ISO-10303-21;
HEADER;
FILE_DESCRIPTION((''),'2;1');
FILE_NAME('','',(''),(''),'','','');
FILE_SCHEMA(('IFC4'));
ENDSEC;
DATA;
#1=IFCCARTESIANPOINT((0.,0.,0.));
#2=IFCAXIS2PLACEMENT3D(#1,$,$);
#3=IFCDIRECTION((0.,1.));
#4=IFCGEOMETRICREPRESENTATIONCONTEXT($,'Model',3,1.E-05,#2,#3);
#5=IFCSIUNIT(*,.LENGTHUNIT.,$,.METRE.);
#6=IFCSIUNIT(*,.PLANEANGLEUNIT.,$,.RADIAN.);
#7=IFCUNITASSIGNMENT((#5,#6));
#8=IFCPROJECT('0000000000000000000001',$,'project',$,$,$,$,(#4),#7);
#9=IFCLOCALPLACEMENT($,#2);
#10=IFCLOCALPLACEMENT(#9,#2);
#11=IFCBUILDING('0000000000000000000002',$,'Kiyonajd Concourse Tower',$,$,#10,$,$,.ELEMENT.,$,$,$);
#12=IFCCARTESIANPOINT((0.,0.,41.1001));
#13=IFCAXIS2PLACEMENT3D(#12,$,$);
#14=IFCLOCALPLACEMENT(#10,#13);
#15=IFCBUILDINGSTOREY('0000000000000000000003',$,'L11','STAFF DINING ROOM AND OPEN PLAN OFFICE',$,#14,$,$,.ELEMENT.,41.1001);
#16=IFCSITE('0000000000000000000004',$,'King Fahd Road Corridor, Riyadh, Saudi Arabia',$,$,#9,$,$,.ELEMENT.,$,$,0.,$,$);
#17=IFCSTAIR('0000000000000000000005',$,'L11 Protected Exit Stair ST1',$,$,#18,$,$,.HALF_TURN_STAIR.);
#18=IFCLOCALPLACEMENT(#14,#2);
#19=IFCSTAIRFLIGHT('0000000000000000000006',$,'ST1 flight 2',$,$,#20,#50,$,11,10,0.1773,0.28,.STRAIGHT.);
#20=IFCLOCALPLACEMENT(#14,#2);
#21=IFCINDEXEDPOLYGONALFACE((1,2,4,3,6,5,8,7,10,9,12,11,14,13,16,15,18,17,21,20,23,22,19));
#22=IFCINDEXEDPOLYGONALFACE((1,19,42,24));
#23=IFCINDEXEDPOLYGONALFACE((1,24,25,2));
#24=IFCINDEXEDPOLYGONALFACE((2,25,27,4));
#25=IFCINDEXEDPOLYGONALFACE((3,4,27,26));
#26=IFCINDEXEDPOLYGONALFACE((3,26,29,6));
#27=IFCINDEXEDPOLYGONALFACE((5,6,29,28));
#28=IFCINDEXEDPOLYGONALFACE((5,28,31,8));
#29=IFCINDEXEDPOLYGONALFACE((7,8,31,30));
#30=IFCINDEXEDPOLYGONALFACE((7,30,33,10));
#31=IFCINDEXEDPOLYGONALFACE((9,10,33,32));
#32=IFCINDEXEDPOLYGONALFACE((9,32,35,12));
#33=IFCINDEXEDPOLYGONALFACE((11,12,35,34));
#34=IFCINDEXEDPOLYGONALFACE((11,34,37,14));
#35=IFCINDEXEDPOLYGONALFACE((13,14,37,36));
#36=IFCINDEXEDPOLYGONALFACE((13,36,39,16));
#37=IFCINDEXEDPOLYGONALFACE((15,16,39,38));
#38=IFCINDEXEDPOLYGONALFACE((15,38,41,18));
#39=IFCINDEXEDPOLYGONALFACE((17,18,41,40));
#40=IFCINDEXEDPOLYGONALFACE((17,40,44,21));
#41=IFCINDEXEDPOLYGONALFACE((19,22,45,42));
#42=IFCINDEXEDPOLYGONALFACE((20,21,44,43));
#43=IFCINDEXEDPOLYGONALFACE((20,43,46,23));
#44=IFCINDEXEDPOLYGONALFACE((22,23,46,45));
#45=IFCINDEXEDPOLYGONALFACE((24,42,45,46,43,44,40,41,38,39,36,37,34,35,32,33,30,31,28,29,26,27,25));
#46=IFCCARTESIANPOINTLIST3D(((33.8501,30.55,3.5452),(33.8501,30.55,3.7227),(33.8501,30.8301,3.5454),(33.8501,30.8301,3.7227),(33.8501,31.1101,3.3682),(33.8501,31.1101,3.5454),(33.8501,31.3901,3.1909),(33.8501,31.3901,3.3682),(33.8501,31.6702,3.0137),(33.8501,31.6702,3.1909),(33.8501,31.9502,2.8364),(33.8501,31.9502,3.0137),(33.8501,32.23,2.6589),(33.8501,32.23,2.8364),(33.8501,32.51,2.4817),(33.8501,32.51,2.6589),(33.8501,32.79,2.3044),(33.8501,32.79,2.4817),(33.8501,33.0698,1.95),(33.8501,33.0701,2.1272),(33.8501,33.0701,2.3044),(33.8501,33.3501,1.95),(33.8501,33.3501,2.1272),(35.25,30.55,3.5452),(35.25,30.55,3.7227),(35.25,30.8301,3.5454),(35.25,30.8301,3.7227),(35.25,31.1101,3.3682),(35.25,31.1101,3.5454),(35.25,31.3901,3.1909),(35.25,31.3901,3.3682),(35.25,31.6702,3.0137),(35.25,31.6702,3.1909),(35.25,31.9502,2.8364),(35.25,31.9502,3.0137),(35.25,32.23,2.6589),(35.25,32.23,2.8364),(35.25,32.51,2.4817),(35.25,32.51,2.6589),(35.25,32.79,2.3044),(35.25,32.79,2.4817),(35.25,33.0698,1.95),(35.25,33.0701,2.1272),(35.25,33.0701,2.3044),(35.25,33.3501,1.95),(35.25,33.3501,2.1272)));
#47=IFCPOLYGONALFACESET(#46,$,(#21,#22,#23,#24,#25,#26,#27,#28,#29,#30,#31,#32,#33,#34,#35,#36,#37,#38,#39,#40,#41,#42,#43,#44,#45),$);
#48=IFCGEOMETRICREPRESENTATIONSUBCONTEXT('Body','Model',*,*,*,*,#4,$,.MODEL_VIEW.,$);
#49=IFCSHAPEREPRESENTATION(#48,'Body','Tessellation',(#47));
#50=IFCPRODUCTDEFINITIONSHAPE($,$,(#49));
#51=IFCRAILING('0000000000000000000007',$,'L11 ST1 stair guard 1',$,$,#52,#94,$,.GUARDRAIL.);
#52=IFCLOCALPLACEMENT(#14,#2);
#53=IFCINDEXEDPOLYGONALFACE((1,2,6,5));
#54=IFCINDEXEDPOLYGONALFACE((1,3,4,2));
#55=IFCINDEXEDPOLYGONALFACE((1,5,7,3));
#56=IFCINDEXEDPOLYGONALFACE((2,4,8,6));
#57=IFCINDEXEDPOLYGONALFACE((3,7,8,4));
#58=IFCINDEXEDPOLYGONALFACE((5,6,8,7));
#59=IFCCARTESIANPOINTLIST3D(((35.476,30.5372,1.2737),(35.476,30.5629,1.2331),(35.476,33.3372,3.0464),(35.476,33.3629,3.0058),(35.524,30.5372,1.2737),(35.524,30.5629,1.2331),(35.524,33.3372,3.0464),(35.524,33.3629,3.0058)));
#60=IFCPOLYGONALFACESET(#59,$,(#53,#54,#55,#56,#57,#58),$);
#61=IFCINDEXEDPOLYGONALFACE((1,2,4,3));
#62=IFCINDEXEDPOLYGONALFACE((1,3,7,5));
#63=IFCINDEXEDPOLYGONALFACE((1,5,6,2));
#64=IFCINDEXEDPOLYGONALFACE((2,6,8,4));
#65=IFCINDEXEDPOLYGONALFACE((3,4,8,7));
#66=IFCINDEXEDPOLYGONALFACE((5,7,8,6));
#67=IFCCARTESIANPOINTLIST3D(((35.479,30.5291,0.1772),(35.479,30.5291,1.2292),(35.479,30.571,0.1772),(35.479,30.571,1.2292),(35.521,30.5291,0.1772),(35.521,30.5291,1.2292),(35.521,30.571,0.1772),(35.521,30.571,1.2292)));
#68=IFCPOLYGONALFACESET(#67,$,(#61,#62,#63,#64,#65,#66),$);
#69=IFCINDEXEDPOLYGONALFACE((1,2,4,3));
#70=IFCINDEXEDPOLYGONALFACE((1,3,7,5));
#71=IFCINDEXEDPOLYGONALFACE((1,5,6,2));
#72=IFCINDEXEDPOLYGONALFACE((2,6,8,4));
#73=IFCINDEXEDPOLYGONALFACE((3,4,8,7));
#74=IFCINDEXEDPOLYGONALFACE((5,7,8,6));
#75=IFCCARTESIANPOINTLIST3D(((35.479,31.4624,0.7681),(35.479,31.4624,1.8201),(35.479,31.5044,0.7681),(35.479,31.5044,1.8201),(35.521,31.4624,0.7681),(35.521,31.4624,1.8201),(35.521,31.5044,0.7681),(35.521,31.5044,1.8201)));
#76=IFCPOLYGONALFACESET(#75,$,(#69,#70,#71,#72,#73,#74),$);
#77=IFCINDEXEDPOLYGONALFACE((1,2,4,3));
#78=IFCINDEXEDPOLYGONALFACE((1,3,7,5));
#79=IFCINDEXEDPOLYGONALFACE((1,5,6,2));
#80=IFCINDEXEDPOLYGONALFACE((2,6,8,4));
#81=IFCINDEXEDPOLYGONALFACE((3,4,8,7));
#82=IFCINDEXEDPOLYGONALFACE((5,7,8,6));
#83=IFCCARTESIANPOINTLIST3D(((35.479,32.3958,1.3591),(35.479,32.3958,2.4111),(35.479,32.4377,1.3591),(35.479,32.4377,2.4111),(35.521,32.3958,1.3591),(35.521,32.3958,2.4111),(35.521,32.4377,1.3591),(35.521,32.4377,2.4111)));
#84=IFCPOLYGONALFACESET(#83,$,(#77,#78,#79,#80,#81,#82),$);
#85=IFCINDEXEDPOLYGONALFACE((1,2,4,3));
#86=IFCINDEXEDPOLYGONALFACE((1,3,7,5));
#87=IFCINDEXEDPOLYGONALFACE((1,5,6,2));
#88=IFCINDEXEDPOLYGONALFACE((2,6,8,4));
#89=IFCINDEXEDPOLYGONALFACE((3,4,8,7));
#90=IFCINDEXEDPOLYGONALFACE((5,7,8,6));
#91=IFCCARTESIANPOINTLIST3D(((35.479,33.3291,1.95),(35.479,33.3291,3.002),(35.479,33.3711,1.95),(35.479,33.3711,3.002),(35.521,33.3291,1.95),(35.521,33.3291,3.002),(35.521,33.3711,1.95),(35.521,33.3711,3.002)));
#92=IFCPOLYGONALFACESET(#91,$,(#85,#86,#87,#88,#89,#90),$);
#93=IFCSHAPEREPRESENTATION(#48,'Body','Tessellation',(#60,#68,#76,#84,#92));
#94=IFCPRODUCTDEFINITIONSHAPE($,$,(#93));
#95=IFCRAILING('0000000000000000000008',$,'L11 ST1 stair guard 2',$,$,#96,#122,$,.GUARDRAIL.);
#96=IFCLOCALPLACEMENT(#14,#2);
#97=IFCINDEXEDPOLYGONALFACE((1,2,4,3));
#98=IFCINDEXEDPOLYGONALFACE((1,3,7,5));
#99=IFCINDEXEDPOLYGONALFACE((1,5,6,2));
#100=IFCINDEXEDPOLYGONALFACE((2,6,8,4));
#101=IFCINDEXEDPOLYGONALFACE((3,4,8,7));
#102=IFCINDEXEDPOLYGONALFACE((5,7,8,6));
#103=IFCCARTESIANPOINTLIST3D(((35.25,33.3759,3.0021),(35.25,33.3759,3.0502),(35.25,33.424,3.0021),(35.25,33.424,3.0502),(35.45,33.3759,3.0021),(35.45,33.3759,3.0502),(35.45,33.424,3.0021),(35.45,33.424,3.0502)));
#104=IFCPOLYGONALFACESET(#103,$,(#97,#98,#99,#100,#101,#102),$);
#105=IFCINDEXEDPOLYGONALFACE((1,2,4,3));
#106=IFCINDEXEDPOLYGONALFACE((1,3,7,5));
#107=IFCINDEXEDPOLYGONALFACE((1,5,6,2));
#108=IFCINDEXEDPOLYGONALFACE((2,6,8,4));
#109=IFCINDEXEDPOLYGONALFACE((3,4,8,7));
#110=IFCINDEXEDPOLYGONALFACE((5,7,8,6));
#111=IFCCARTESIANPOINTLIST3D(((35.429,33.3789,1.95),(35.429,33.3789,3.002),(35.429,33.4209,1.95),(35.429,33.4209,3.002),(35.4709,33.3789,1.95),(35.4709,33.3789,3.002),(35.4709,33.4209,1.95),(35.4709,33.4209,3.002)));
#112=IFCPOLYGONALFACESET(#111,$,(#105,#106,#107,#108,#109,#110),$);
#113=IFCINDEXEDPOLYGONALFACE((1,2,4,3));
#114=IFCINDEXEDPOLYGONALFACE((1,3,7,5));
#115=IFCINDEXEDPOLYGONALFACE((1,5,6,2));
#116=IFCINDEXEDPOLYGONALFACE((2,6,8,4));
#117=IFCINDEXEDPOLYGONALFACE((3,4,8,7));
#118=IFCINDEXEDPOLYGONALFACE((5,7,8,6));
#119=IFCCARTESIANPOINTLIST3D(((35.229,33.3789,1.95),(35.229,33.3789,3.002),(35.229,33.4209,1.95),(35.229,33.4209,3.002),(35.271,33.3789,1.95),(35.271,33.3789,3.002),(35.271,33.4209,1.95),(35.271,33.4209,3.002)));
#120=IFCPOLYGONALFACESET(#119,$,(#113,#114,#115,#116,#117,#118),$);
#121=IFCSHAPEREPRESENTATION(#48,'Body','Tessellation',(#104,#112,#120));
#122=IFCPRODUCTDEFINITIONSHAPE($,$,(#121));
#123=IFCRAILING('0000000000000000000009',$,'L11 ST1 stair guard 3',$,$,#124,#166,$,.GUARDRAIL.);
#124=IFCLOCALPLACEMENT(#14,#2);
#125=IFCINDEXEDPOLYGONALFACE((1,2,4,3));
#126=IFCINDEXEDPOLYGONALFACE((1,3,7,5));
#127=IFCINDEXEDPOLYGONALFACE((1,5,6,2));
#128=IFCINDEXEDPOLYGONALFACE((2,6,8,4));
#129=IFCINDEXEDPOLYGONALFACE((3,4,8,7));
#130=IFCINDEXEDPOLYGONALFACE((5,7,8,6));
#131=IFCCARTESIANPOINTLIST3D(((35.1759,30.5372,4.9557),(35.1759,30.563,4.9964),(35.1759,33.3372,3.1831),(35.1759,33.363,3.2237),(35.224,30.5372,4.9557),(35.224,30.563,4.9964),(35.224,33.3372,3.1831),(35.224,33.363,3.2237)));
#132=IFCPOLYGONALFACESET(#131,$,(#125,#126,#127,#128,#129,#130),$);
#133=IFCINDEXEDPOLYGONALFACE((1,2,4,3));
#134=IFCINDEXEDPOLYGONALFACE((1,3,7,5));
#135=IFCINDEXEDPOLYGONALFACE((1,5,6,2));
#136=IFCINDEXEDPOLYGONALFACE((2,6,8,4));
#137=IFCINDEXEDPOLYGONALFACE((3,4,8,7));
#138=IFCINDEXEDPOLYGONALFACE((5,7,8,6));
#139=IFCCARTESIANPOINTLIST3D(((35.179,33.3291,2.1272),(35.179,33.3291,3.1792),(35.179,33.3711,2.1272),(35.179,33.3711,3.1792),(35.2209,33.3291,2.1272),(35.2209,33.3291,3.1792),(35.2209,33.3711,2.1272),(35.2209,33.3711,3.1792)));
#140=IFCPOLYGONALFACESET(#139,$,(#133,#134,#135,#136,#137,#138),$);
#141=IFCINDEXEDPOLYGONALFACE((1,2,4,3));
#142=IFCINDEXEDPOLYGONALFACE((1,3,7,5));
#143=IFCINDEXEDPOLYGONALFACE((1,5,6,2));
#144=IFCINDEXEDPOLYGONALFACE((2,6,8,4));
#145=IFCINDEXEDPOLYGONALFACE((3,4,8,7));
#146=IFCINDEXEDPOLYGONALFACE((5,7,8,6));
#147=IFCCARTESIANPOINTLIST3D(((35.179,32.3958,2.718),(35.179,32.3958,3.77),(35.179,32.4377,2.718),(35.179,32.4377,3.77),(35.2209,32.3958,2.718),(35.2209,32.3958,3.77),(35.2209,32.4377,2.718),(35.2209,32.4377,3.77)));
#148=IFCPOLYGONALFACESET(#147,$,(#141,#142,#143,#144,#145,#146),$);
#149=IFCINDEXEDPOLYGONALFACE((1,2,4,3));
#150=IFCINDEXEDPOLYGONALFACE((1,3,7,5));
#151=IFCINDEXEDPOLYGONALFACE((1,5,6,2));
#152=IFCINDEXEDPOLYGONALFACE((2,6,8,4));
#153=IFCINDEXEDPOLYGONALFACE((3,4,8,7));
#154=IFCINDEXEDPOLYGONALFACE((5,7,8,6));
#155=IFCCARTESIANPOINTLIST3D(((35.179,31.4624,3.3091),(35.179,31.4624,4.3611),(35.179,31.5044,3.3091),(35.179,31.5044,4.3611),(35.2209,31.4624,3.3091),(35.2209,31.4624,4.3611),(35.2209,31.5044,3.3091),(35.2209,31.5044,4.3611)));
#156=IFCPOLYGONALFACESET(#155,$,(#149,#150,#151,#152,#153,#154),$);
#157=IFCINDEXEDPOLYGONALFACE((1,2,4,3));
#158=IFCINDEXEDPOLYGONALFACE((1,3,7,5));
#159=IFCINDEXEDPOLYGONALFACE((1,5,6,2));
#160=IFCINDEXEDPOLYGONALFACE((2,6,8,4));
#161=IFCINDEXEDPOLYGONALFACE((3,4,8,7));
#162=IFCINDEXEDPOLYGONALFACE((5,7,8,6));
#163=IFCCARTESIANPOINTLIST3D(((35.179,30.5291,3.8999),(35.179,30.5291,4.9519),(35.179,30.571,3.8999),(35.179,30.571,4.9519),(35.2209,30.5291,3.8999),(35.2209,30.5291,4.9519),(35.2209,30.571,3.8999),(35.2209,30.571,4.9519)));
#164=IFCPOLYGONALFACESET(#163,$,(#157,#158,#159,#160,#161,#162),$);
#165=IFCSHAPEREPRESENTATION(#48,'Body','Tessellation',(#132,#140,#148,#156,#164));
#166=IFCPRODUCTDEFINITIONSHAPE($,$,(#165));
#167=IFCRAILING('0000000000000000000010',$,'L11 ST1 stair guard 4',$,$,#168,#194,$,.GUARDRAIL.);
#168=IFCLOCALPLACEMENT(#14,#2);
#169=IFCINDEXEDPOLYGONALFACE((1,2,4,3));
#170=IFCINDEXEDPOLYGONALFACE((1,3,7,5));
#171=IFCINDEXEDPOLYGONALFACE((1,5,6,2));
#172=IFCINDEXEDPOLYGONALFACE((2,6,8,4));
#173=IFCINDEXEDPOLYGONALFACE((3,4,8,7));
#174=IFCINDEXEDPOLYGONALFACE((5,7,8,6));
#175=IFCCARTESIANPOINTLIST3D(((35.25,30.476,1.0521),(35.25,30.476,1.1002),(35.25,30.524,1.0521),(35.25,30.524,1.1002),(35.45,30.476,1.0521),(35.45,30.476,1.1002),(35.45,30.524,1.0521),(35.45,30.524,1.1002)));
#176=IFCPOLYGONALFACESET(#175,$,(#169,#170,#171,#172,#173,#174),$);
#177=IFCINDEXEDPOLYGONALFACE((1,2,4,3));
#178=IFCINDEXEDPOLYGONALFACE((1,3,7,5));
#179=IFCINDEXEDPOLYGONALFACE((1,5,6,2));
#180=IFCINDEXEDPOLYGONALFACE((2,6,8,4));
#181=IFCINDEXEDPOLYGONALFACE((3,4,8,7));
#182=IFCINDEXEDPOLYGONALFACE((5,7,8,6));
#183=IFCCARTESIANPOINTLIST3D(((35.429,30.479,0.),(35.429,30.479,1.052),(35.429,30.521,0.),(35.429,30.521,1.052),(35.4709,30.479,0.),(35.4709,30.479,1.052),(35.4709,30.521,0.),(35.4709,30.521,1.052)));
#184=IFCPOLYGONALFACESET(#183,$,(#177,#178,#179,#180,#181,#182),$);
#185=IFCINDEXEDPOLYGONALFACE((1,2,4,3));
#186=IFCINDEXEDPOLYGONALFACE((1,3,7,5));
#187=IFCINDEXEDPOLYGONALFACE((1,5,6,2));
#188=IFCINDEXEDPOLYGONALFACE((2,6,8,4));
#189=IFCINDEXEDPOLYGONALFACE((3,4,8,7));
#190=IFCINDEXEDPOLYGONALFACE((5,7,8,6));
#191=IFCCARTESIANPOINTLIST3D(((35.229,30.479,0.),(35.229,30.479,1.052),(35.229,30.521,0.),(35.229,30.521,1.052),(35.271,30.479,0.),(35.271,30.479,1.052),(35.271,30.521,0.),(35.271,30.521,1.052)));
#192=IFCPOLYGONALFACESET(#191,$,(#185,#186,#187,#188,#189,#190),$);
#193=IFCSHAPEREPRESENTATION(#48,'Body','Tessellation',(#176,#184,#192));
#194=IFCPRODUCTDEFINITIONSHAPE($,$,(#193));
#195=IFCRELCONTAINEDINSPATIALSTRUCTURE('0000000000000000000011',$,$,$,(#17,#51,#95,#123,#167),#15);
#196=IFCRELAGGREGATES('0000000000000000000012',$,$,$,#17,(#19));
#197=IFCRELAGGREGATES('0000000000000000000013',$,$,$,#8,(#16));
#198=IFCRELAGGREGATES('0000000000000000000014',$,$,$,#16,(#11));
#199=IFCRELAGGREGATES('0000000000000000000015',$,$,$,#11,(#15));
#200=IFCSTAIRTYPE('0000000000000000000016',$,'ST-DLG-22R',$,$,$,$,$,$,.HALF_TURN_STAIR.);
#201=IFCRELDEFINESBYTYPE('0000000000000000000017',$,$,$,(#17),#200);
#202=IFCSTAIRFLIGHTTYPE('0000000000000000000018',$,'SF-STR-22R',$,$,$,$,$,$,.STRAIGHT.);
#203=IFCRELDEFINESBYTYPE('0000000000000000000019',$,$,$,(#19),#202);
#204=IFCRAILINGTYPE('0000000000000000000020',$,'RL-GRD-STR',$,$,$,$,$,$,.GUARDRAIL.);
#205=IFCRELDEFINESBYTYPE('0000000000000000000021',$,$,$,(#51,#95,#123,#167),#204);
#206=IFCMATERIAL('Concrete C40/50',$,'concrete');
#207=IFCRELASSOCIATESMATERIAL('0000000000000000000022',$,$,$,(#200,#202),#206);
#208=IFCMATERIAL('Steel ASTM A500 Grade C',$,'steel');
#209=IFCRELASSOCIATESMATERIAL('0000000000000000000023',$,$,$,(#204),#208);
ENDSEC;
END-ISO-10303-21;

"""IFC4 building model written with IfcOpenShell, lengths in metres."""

from ifc_helpers import new_model, si_unit, direction, frame, origin, origin_2d, place, context, subcontext, project, spatial, polyline, rectangle, outline, extrude, material, type_object, element, aggregate, save


model = new_model("IFC4")

# Units and contexts
model_context = context("Model", 3, precision=1e-05, world=origin(), true_north=direction((0.0, 1.0)))
body_context = subcontext(model_context, "Body", "Model", "MODEL_VIEW")
ifc_project = project(units=[si_unit("LENGTHUNIT", "METRE"), si_unit("PLANEANGLEUNIT", "RADIAN")], contexts=[model_context])

# Site, building, storey
site_placement = place(None, origin())
site = spatial("IfcSite", under=ifc_project, at=site_placement, Name="King Fahd Road Corridor, Riyadh, Saudi Arabia", CompositionType="ELEMENT", RefElevation=0.0)
building_placement = place(site_placement, origin())
building = spatial("IfcBuilding", under=site, at=building_placement, Name="Kiyonajd Concourse Tower", CompositionType="ELEMENT")
storey_placement = place(building_placement, frame((0.0, 0.0, 41.1001)))
storey = spatial("IfcBuildingStorey", under=building, at=storey_placement, Name="L11", Description="STAFF DINING ROOM AND OPEN PLAN OFFICE", CompositionType="ELEMENT", Elevation=41.1001)

# Stair, stair flight
ifc_material_1 = material(Name="Concrete C40/50", Category="concrete")
stair_type = type_object("IfcStairType", Name="ST-DLG-22R", PredefinedType="HALF_TURN_STAIR", material=ifc_material_1)
stair_placement = place(storey_placement, origin())
stair = element("IfcStair", 1, at=stair_placement, inside=storey, type_object=stair_type, Name="L11 Protected Exit Stair ST1", PredefinedType="HALF_TURN_STAIR")
stair_flight_type = type_object("IfcStairFlightType", Name="SF-STR-22R", PredefinedType="STRAIGHT", material=ifc_material_1)
stair_flight_1_placement = place(storey_placement, frame((34.55, 33.3501, 1.95), z_axis=(0.0, 0.0, 1.0), x_axis=(0.0, -1.0, 0.0)))
stair_flight_1 = element("IfcStairFlight", 2, at=stair_flight_1_placement, type_object=stair_flight_type, Name="ST1 flight 2", NumberOfRisers=11, NumberOfTreads=10, PredefinedType="STRAIGHT", RiserHeight=0.1773, TreadLength=0.28, context=body_context, shape_type="SweptSolid", body=[
    extrude(outline(polyline([(0.0, 0.0), (0.0, 0.1772), (0.28, 0.1772), (0.28, 0.3545), (0.5601, 0.3545), (0.5601, 0.5317), (0.8401, 0.5317), (0.8401, 0.709), (1.1201, 0.709), (1.1201, 0.8865), (1.3999, 0.8865), (1.3999, 1.0637), (1.6799, 1.0637), (1.6799, 1.241), (1.96, 1.241), (1.96, 1.4182), (2.24, 1.4182), (2.24, 1.5955), (2.52, 1.5955), (2.52, 1.7727), (2.8, 1.7727), (2.8, 1.95), (2.8, 1.5952), (0.2803, 0.0), (0.0, 0.0)])), frame((0.0, 0.7, 0.0), z_axis=(0.0, -1.0, 0.0), x_axis=(1.0, 0.0, 0.0)), (0.0, 0.0, 1.0), 1.3999),
])
aggregate(stair, [stair_flight_1])

# Railings
ifc_material_2 = material(Name="Steel ASTM A500 Grade C", Category="steel")
railing_type_1 = type_object("IfcRailingType", Name="RL-GRD-STR", PredefinedType="GUARDRAIL", material=ifc_material_2)
railing_1_placement = place(storey_placement, frame((35.5, 30.55, 0.1772)))
element("IfcRailing", 3, at=railing_1_placement, inside=storey, type_object=railing_type_1, Name="L11 ST1 stair guard 1", PredefinedType="GUARDRAIL", context=body_context, shape_type="SweptSolid", body=[
    extrude(rectangle(XDim=0.0481, YDim=0.0481, at=origin_2d()), frame((0.0, 0.0, 1.0762), z_axis=(0.0, 0.844909, 0.53491), x_axis=(-1.0, 0.0, 0.0)), (0.0, 0.0, 1.0), 3.314),
    extrude(rectangle(XDim=0.042, YDim=0.042, at=origin_2d()), origin(), (0.0, 0.0, 1.0), 1.052),
    extrude(rectangle(XDim=0.042, YDim=0.042, at=origin_2d()), frame((0.0, 0.9333, 0.5908)), (0.0, 0.0, 1.0), 1.052),
    extrude(rectangle(XDim=0.042, YDim=0.042, at=origin_2d()), frame((0.0, 1.8667, 1.1819)), (0.0, 0.0, 1.0), 1.052),
    extrude(rectangle(XDim=0.042, YDim=0.042, at=origin_2d()), frame((0.0, 2.8, 1.7727)), (0.0, 0.0, 1.0), 1.052),
])
railing_2_placement = place(storey_placement, frame((35.45, 33.3999, 1.95)))
element("IfcRailing", 4, at=railing_2_placement, inside=storey, type_object=railing_type_1, Name="L11 ST1 stair guard 2", PredefinedType="GUARDRAIL", context=body_context, shape_type="SweptSolid", body=[
    extrude(rectangle(XDim=0.0481, YDim=0.0481, at=origin_2d()), frame((0.0, 0.0, 1.0762), z_axis=(-1.0, 0.0, 0.0), x_axis=(0.0, -1.0, 0.0)), (0.0, 0.0, 1.0), 0.2),
    extrude(rectangle(XDim=0.042, YDim=0.042, at=origin_2d()), origin(), (0.0, 0.0, 1.0), 1.052),
    extrude(rectangle(XDim=0.042, YDim=0.042, at=origin_2d()), frame((-0.2, 0.0, 0.0)), (0.0, 0.0, 1.0), 1.052),
])
railing_3_placement = place(storey_placement, frame((35.2, 33.3501, 2.1272)))
element("IfcRailing", 5, at=railing_3_placement, inside=storey, type_object=railing_type_1, Name="L11 ST1 stair guard 3", PredefinedType="GUARDRAIL", context=body_context, shape_type="SweptSolid", body=[
    extrude(rectangle(XDim=0.0481, YDim=0.0481, at=origin_2d()), frame((0.0, 0.0, 1.0762), z_axis=(0.0, -0.844909, 0.53491), x_axis=(1.0, 0.0, 0.0)), (0.0, 0.0, 1.0), 3.314),
    extrude(rectangle(XDim=0.042, YDim=0.042, at=origin_2d()), origin(), (0.0, 0.0, 1.0), 1.052),
    extrude(rectangle(XDim=0.042, YDim=0.042, at=origin_2d()), frame((0.0, -0.9333, 0.5908)), (0.0, 0.0, 1.0), 1.052),
    extrude(rectangle(XDim=0.042, YDim=0.042, at=origin_2d()), frame((0.0, -1.8667, 1.1819)), (0.0, 0.0, 1.0), 1.052),
    extrude(rectangle(XDim=0.042, YDim=0.042, at=origin_2d()), frame((0.0, -2.8, 1.7727)), (0.0, 0.0, 1.0), 1.052),
])
railing_4_placement = place(storey_placement, frame((35.45, 30.5, 0.0)))
element("IfcRailing", 6, at=railing_4_placement, inside=storey, type_object=railing_type_1, Name="L11 ST1 stair guard 4", PredefinedType="GUARDRAIL", context=body_context, shape_type="SweptSolid", body=[
    extrude(rectangle(XDim=0.0481, YDim=0.0481, at=origin_2d()), frame((0.0, 0.0, 1.0762), z_axis=(-1.0, 0.0, 0.0), x_axis=(0.0, -1.0, 0.0)), (0.0, 0.0, 1.0), 0.2),
    extrude(rectangle(XDim=0.042, YDim=0.042, at=origin_2d()), origin(), (0.0, 0.0, 1.0), 1.052),
    extrude(rectangle(XDim=0.042, YDim=0.042, at=origin_2d()), frame((-0.2, 0.0, 0.0)), (0.0, 0.0, 1.0), 1.052),
])

save(model, "model.ifc")
